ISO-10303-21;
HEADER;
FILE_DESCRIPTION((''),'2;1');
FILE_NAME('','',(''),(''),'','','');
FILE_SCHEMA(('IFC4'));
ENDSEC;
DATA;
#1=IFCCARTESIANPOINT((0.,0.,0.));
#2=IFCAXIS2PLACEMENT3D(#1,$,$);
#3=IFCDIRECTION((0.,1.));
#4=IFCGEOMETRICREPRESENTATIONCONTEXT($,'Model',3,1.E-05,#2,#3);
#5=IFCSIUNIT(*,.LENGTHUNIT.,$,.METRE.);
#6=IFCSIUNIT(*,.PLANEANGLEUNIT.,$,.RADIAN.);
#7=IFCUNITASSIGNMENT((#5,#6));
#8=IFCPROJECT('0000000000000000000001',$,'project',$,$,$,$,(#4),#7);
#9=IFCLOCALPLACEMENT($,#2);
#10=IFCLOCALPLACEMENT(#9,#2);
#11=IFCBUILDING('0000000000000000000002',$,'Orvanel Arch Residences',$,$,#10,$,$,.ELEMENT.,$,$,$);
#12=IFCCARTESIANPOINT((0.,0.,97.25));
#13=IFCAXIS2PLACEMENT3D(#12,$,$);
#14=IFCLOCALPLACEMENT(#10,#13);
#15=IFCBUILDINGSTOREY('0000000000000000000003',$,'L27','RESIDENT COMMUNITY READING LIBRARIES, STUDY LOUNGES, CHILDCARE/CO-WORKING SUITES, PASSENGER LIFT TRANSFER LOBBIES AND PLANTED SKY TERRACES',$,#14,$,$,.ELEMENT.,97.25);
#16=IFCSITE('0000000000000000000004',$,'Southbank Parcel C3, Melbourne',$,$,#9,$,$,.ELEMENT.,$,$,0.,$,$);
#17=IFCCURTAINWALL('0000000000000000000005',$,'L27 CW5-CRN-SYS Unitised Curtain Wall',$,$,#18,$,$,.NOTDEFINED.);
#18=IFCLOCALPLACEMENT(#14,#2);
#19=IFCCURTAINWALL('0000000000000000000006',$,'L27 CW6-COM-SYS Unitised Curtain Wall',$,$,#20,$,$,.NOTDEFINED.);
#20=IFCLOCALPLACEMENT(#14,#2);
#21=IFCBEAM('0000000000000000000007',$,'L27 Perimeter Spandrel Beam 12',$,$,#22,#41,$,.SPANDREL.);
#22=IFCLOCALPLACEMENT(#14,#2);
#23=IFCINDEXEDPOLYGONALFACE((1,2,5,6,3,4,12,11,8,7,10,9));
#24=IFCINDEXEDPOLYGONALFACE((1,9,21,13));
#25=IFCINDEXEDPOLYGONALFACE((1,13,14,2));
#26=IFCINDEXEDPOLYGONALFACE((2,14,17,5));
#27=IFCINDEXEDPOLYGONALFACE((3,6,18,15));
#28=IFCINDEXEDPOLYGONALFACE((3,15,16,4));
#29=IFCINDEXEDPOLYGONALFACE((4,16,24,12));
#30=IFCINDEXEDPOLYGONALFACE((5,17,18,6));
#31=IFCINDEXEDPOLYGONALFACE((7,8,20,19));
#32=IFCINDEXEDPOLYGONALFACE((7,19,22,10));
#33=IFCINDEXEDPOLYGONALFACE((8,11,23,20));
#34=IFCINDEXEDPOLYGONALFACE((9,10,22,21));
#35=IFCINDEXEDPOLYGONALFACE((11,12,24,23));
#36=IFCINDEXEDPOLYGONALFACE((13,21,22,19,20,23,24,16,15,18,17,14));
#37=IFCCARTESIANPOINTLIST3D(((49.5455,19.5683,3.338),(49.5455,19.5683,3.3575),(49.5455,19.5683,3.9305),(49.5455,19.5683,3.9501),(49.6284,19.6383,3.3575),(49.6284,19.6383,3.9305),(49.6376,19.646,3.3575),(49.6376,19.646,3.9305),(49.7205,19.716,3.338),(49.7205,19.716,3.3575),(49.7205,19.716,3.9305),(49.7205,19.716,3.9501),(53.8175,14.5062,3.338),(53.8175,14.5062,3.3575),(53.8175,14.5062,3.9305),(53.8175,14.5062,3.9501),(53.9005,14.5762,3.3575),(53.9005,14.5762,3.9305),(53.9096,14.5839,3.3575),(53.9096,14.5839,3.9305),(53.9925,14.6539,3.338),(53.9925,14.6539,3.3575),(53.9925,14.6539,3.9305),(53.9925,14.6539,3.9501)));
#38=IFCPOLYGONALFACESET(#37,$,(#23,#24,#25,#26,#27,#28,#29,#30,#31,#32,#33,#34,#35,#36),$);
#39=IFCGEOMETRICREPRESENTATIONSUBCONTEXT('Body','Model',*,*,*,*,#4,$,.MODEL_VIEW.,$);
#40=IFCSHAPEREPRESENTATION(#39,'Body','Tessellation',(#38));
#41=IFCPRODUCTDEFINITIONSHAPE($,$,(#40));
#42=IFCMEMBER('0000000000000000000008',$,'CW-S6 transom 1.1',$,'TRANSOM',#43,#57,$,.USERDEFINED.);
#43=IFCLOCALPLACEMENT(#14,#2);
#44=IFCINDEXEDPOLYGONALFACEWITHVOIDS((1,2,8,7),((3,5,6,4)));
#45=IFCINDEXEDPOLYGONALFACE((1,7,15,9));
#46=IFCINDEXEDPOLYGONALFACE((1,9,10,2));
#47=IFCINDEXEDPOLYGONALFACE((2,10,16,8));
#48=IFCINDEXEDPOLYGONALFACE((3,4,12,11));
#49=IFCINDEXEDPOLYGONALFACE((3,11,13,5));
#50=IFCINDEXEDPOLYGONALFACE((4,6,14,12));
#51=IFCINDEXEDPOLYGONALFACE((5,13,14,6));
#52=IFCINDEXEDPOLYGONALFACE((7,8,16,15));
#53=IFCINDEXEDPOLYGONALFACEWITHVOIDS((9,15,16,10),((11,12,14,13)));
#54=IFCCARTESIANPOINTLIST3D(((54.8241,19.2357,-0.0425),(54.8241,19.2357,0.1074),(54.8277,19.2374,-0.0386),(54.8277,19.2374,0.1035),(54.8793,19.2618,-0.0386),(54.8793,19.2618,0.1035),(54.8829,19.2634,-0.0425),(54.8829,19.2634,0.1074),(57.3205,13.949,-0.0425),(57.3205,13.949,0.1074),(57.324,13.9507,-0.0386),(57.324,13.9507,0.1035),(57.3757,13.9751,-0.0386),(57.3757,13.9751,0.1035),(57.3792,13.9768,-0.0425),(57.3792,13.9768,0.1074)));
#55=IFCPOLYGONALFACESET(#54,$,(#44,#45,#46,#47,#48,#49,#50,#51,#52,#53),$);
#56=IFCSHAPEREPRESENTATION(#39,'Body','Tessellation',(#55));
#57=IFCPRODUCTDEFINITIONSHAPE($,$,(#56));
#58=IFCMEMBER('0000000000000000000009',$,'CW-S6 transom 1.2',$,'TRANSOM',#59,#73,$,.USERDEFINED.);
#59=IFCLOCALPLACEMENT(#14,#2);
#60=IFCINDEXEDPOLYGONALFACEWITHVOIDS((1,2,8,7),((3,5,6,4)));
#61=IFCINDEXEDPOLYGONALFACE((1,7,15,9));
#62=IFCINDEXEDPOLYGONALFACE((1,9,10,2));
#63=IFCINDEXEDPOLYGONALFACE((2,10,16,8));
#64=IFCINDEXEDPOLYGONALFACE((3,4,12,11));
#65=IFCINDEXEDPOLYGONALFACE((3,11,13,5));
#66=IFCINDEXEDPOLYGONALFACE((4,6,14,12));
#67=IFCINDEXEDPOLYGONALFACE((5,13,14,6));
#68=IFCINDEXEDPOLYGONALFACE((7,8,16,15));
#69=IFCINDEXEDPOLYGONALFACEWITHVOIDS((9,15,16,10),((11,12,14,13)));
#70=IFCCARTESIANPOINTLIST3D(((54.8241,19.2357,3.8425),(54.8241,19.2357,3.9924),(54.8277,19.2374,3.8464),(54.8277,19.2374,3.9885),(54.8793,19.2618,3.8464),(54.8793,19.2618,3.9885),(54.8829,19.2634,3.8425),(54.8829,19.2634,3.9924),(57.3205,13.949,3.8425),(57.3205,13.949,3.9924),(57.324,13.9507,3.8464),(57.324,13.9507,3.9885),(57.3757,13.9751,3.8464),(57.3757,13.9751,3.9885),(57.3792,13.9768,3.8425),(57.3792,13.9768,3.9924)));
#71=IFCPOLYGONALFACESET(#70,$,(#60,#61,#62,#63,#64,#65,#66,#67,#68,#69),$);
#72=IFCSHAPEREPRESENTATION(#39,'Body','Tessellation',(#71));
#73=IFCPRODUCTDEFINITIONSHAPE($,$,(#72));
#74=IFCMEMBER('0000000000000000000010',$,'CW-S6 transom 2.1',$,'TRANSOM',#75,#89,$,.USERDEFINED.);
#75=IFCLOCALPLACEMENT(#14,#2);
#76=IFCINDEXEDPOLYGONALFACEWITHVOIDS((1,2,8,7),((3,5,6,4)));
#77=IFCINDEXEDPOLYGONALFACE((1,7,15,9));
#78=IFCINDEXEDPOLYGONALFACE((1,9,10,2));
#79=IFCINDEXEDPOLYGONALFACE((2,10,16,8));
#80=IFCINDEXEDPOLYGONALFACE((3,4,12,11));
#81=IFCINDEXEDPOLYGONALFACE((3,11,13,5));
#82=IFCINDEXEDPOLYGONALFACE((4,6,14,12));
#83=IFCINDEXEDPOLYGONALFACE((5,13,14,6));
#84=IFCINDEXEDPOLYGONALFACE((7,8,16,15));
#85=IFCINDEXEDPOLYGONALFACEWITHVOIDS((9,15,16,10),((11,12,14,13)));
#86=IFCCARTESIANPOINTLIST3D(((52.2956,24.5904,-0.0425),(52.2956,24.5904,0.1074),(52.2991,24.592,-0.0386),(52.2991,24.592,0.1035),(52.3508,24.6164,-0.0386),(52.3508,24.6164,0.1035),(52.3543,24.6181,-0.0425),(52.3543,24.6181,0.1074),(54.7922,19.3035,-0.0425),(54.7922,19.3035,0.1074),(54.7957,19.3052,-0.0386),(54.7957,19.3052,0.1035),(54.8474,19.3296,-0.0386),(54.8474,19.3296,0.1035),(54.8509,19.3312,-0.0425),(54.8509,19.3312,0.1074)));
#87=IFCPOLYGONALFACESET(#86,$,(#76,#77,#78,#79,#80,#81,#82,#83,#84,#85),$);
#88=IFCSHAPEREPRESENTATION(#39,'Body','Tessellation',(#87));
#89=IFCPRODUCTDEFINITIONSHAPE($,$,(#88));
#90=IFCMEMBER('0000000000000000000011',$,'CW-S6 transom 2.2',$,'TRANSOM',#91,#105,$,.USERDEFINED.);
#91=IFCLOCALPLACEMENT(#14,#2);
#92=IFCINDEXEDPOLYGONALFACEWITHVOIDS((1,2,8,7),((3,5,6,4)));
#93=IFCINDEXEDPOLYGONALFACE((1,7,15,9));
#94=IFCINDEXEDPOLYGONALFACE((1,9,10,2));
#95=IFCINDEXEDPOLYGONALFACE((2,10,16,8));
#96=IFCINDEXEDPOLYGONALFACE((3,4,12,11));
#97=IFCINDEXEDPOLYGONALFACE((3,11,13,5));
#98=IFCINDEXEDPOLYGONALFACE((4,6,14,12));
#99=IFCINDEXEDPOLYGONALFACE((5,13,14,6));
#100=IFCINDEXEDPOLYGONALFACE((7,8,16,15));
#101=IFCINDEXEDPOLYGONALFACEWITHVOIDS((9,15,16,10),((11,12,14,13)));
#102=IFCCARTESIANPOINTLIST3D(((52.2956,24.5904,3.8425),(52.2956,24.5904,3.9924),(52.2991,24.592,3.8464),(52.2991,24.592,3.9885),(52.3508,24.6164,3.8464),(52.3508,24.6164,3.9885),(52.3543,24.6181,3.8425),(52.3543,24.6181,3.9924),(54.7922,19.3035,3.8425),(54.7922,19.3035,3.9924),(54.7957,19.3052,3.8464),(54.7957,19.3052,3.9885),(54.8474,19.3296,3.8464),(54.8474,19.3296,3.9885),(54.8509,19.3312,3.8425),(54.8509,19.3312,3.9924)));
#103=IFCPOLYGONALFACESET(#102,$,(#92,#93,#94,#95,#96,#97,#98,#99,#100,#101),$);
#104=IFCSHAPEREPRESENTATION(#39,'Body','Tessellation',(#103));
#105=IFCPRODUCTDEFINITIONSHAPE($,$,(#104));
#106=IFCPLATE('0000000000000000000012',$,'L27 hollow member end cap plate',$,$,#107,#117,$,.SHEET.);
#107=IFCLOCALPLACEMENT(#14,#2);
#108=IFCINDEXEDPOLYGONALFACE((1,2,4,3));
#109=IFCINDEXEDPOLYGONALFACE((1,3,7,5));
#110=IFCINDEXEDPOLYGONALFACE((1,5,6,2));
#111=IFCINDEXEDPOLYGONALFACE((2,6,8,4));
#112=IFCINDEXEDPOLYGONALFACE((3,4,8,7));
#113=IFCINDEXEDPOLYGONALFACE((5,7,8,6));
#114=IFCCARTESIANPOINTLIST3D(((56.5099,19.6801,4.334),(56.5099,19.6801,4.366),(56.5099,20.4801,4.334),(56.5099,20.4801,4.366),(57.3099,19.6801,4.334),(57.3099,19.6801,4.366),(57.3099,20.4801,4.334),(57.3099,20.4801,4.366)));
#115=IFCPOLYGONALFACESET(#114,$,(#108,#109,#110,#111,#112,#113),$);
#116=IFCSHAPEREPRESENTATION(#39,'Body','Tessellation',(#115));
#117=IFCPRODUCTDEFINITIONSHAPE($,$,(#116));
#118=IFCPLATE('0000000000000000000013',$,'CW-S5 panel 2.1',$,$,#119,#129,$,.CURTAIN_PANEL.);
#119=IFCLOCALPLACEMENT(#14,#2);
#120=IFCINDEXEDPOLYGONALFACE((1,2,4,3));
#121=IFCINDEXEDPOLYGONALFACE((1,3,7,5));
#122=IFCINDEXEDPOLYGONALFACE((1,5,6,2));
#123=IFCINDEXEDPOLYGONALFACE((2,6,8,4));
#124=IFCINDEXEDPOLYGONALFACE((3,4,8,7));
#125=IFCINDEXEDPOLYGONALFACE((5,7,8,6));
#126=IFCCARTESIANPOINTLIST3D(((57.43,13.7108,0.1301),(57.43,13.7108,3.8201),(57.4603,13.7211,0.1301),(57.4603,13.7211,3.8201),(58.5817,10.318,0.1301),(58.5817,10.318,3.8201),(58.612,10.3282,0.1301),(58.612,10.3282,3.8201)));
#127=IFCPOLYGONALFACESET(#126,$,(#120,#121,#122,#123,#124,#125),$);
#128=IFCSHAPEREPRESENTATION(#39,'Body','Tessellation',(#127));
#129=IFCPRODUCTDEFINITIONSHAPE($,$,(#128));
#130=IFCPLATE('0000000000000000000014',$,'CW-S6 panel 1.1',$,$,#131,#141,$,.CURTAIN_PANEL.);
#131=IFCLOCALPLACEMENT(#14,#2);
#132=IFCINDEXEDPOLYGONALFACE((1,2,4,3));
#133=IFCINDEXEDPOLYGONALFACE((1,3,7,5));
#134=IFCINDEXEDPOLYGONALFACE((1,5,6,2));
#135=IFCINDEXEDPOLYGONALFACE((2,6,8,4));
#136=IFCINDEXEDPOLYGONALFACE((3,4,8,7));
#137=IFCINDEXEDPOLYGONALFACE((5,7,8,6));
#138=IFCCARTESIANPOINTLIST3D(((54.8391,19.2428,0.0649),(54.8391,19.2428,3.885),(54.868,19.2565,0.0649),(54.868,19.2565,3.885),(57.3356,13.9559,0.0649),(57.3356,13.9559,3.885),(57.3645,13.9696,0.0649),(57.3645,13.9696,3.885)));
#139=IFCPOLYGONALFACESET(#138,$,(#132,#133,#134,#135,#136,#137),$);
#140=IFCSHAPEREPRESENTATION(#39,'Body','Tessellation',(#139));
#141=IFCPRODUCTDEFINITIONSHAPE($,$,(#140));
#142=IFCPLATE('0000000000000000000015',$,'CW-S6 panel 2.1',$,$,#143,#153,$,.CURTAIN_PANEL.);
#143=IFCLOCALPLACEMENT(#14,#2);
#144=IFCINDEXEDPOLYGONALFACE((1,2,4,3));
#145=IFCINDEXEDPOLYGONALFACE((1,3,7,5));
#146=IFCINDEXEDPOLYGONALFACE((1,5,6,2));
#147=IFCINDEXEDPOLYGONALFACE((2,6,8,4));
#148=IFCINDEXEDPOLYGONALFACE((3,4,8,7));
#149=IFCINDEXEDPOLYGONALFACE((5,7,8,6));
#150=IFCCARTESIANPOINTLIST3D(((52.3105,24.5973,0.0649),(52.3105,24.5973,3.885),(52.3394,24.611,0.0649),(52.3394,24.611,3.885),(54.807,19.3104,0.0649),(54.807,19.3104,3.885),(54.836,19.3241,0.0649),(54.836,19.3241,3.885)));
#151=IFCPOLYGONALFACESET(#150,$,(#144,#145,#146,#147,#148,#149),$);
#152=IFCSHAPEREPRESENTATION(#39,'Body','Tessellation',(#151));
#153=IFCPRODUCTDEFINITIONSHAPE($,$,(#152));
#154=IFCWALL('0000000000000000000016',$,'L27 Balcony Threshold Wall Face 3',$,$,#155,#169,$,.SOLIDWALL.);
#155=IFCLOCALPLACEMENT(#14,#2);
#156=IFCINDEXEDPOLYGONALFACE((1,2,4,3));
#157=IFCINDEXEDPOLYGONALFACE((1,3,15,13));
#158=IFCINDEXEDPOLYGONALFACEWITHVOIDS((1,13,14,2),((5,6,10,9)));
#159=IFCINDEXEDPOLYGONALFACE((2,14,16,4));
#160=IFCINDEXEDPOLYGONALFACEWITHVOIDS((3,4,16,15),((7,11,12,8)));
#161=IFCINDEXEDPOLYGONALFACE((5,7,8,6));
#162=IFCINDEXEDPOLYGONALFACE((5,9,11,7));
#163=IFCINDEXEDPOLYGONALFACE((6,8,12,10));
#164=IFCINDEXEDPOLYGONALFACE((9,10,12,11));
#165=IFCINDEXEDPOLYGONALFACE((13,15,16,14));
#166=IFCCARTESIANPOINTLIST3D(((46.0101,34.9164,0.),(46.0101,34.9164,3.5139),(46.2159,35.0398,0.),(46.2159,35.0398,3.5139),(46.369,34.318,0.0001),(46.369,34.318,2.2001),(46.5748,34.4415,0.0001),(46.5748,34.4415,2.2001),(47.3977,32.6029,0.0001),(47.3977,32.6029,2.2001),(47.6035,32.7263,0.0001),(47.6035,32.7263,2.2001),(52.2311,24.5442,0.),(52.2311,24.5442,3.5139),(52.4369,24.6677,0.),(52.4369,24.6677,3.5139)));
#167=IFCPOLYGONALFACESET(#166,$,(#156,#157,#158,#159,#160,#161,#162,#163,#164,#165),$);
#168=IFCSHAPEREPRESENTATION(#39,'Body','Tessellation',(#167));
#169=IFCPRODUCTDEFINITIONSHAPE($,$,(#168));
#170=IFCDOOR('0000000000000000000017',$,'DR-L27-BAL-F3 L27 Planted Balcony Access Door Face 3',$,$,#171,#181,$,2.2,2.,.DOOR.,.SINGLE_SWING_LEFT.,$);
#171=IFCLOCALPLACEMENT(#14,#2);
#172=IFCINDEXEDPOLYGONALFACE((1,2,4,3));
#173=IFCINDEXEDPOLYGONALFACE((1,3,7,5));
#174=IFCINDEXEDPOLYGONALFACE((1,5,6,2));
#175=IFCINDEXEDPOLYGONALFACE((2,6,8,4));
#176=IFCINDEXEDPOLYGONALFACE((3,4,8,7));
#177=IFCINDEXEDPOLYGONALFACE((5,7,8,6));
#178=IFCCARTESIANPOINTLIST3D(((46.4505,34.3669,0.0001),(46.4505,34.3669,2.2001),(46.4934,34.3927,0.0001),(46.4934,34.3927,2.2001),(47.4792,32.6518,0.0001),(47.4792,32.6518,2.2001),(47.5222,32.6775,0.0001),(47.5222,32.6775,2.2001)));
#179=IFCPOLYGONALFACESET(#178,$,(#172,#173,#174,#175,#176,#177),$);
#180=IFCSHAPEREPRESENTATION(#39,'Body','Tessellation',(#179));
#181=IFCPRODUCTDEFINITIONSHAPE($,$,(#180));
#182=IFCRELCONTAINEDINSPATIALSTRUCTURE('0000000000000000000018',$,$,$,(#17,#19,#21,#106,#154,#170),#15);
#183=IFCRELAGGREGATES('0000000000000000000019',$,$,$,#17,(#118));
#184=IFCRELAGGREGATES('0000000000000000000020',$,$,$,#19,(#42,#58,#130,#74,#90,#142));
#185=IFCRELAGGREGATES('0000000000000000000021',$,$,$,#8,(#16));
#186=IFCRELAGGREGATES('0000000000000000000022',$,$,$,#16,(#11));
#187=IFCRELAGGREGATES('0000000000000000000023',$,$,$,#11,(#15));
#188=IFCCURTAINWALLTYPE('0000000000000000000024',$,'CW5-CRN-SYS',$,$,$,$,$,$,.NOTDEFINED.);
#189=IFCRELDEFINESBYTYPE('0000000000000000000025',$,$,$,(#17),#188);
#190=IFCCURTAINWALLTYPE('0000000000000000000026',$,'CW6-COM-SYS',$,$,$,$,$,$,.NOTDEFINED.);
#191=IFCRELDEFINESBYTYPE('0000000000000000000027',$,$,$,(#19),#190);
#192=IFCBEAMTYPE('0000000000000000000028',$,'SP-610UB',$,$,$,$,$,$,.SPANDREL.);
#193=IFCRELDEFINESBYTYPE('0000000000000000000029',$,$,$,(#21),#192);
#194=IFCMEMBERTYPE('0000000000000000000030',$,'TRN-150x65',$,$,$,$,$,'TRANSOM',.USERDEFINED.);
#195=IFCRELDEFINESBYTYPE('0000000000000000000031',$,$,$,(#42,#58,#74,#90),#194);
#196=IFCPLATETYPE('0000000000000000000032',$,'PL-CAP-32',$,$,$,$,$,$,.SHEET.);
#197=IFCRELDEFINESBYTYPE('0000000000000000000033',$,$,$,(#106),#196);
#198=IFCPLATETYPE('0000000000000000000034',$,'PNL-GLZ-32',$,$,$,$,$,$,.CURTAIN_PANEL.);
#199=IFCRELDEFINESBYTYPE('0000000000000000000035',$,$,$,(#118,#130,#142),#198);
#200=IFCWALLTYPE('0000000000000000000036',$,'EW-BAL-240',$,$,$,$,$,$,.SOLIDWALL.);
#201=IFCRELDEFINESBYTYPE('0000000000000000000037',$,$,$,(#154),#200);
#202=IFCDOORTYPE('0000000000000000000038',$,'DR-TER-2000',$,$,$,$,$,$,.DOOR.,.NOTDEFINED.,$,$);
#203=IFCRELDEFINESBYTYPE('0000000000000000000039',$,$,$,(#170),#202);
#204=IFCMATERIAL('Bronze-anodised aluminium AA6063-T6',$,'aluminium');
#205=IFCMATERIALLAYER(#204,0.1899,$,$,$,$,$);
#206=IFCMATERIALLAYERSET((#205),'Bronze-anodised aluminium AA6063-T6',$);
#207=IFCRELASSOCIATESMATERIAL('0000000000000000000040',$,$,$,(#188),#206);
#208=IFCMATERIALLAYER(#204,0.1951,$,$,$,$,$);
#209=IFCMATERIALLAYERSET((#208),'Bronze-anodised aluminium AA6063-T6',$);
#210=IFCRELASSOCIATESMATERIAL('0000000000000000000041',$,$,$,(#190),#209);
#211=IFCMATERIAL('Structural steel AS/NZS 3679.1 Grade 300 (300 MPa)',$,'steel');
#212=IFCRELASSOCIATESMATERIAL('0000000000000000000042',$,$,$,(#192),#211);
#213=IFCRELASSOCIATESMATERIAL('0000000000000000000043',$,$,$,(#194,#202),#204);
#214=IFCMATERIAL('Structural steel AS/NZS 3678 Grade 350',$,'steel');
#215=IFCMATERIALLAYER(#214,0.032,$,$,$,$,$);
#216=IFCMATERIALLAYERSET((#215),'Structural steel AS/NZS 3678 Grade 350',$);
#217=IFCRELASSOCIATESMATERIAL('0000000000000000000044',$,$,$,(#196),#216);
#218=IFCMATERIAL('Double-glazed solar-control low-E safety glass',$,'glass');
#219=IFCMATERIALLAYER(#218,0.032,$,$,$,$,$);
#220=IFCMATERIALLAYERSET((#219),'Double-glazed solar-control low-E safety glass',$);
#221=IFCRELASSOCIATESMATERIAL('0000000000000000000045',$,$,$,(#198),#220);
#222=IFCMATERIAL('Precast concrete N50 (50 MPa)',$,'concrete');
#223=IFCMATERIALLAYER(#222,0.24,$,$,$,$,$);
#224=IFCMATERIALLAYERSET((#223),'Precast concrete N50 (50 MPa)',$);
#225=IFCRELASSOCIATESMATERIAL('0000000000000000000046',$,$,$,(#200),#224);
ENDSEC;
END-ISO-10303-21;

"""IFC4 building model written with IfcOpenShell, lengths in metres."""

from ifc_helpers import new_model, si_unit, direction, frame, frame_2d, origin, origin_2d, place, context, subcontext, project, spatial, rectangle, hollow_rectangle, i_section, extrude, material, layer, layer_set, material_profile, profile_set, type_object, element, fill, aggregate, save


model = new_model("IFC4")

# Units and contexts
model_context = context("Model", 3, precision=1e-05, world=origin(), true_north=direction((0.0, 1.0)))
body_context = subcontext(model_context, "Body", "Model", "MODEL_VIEW")
ifc_project = project(units=[si_unit("LENGTHUNIT", "METRE"), si_unit("PLANEANGLEUNIT", "RADIAN")], contexts=[model_context])

# Site, building, storey
site_placement = place(None, origin())
site = spatial("IfcSite", under=ifc_project, at=site_placement, Name="Southbank Parcel C3, Melbourne", CompositionType="ELEMENT", RefElevation=0.0)
building_placement = place(site_placement, origin())
building = spatial("IfcBuilding", under=site, at=building_placement, Name="Orvanel Arch Residences", CompositionType="ELEMENT")
storey_placement = place(building_placement, frame((0.0, 0.0, 97.25)))
storey = spatial("IfcBuildingStorey", under=building, at=storey_placement, Name="L27", Description="RESIDENT COMMUNITY READING LIBRARIES, STUDY LOUNGES, CHILDCARE/CO-WORKING SUITES, PASSENGER LIFT TRANSFER LOBBIES AND PLANTED SKY TERRACES", CompositionType="ELEMENT", Elevation=97.25)

# Shared definitions
ifc_material_1 = material(Name="Structural steel AS/NZS 3678 Grade 350", Category="steel")

# Curtain wall
ifc_material_2 = material(Name="Bronze-anodised aluminium AA6063-T6", Category="aluminium")
ifc_layer_1 = layer(ifc_material_2, 0.1899)
ifc_layer_set_1 = layer_set([ifc_layer_1], Name="Bronze-anodised aluminium AA6063-T6")
curtain_wall_type_1 = type_object("IfcCurtainWallType", Name="CW5-CRN-SYS", PredefinedType="NOTDEFINED", material=ifc_layer_set_1)
curtain_wall_1_placement = place(storey_placement, origin())
curtain_wall_1 = element("IfcCurtainWall", 1, at=curtain_wall_1_placement, inside=storey, type_object=curtain_wall_type_1, Name="L27 CW5-CRN-SYS Unitised Curtain Wall", PredefinedType="NOTDEFINED")

# Curtain wall
ifc_layer_2 = layer(ifc_material_2, 0.1951)
ifc_layer_set_2 = layer_set([ifc_layer_2], Name="Bronze-anodised aluminium AA6063-T6")
curtain_wall_type_2 = type_object("IfcCurtainWallType", Name="CW6-COM-SYS", PredefinedType="NOTDEFINED", material=ifc_layer_set_2)
curtain_wall_2_placement = place(storey_placement, origin())
curtain_wall_2 = element("IfcCurtainWall", 2, at=curtain_wall_2_placement, inside=storey, type_object=curtain_wall_type_2, Name="L27 CW6-COM-SYS Unitised Curtain Wall", PredefinedType="NOTDEFINED")

# Beam
ifc_material_3 = material(Name="Structural steel AS/NZS 3679.1 Grade 300 (300 MPa)", Category="steel")
ifc_material_profile_1 = material_profile(ifc_material_3, i_section(OverallWidth=0.229, OverallDepth=0.6121, WebThickness=0.012, FlangeThickness=0.0195, at=origin_2d()), Name="610UB125")
ifc_profile_set_1 = profile_set([ifc_material_profile_1], Name="Structural steel AS/NZS 3679.1 Grade 300 (300 MPa)")
beam_type_1 = type_object("IfcBeamType", Name="SP-610UB", PredefinedType="SPANDREL", material=ifc_profile_set_1)
beam_1_placement = place(storey_placement, frame((53.905, 14.5801, 3.644), z_axis=(-0.64495, 0.764224, 0.0), x_axis=(-0.764224, -0.64495, 0.0)))
element("IfcBeam", 3, at=beam_1_placement, inside=storey, type_object=beam_type_1, Name="L27 Perimeter Spandrel Beam 12", PredefinedType="SPANDREL", context=body_context, shape_type="SweptSolid", body=[
    extrude(i_section(OverallWidth=0.229, OverallDepth=0.6121, WebThickness=0.012, FlangeThickness=0.0195, at=origin_2d()), origin(), (0.0, 0.0, 1.0), 6.6238),
])

# Members
ifc_material_profile_2 = material_profile(ifc_material_2, hollow_rectangle(XDim=0.0649, YDim=0.1499, WallThickness=0.0039, at=origin_2d()), Name="ALU150x65x4")
ifc_profile_set_2 = profile_set([ifc_material_profile_2], Name="Bronze-anodised aluminium AA6063-T6")
member_type_1 = type_object("IfcMemberType", Name="TRN-150x65", ElementType="TRANSOM", PredefinedType="USERDEFINED", material=ifc_profile_set_2)
member_1_placement = place(storey_placement, frame((57.3499, 13.9629, 0.0325), z_axis=(-0.426989, 0.904257, 0.0), x_axis=(-0.904257, -0.426989, 0.0)))
member_1 = element("IfcMember", 4, at=member_1_placement, type_object=member_type_1, Name="CW-S6 transom 1.1", ObjectType="TRANSOM", PredefinedType="USERDEFINED", context=body_context, shape_type="SweptSolid", body=[
    extrude(hollow_rectangle(XDim=0.0649, YDim=0.1499, WallThickness=0.0039, at=origin_2d()), origin(), (0.0, 0.0, 1.0), 5.8464),
])
member_2_placement = place(storey_placement, frame((57.3499, 13.9629, 3.9175), z_axis=(-0.426989, 0.904257, 0.0), x_axis=(-0.904257, -0.426989, 0.0)))
member_2 = element("IfcMember", 5, at=member_2_placement, type_object=member_type_1, Name="CW-S6 transom 1.2", ObjectType="TRANSOM", PredefinedType="USERDEFINED", context=body_context, shape_type="SweptSolid", body=[
    extrude(hollow_rectangle(XDim=0.0649, YDim=0.1499, WallThickness=0.0039, at=origin_2d()), origin(), (0.0, 0.0, 1.0), 5.8464),
])
member_3_placement = place(storey_placement, frame((54.8215, 19.3174, 0.0325), z_axis=(-0.427007, 0.904248, 0.0), x_axis=(-0.904248, -0.427007, 0.0)))
member_3 = element("IfcMember", 6, at=member_3_placement, type_object=member_type_1, Name="CW-S6 transom 2.1", ObjectType="TRANSOM", PredefinedType="USERDEFINED", context=body_context, shape_type="SweptSolid", body=[
    extrude(hollow_rectangle(XDim=0.0649, YDim=0.1499, WallThickness=0.0039, at=origin_2d()), origin(), (0.0, 0.0, 1.0), 5.8467),
])
member_4_placement = place(storey_placement, frame((54.8215, 19.3174, 3.9175), z_axis=(-0.427007, 0.904248, 0.0), x_axis=(-0.904248, -0.427007, 0.0)))
member_4 = element("IfcMember", 7, at=member_4_placement, type_object=member_type_1, Name="CW-S6 transom 2.2", ObjectType="TRANSOM", PredefinedType="USERDEFINED", context=body_context, shape_type="SweptSolid", body=[
    extrude(hollow_rectangle(XDim=0.0649, YDim=0.1499, WallThickness=0.0039, at=origin_2d()), origin(), (0.0, 0.0, 1.0), 5.8467),
])

# Plates
ifc_layer_3 = layer(ifc_material_1, 0.032)
ifc_layer_set_3 = layer_set([ifc_layer_3], Name="Structural steel AS/NZS 3678 Grade 350")
plate_type_1 = type_object("IfcPlateType", Name="PL-CAP-32", PredefinedType="SHEET", material=ifc_layer_set_3)
plate_1_placement = place(storey_placement, frame((56.9099, 20.0801, 4.334), z_axis=(0.0, 0.0, 1.0), x_axis=(1.0, 0.0, 0.0)))
element("IfcPlate", 8, at=plate_1_placement, inside=storey, type_object=plate_type_1, Name="L27 hollow member end cap plate", PredefinedType="SHEET", context=body_context, shape_type="SweptSolid", body=[
    extrude(rectangle(XDim=0.8, YDim=0.8, at=origin_2d()), origin(), (0.0, 0.0, 1.0), 0.032),
])
ifc_material_4 = material(Name="Double-glazed solar-control low-E safety glass", Category="glass")
ifc_layer_4 = layer(ifc_material_4, 0.032)
ifc_layer_set_4 = layer_set([ifc_layer_4], Name="Double-glazed solar-control low-E safety glass")
plate_type_2 = type_object("IfcPlateType", Name="PNL-GLZ-32", PredefinedType="CURTAIN_PANEL", material=ifc_layer_set_4)
plate_2_placement = place(storey_placement, frame((58.021, 12.0195, 0.1301), z_axis=(0.0, 0.0, 1.0), x_axis=(-0.321422, 0.946936, 0.0)))
plate_2 = element("IfcPlate", 9, at=plate_2_placement, type_object=plate_type_2, Name="CW-S5 panel 2.1", PredefinedType="CURTAIN_PANEL", context=body_context, shape_type="SweptSolid", body=[
    extrude(rectangle(XDim=3.583, YDim=0.032, at=origin_2d()), origin(), (0.0, 0.0, 1.0), 3.6899),
])
aggregate(curtain_wall_1, [plate_2])
plate_3_placement = place(storey_placement, frame((56.1018, 16.6062, 0.0649), z_axis=(0.0, 0.0, 1.0), x_axis=(-0.426997, 0.904253, 0.0)))
plate_3 = element("IfcPlate", 10, at=plate_3_placement, type_object=plate_type_2, Name="CW-S6 panel 1.1", PredefinedType="CURTAIN_PANEL", context=body_context, shape_type="SweptSolid", body=[
    extrude(rectangle(XDim=5.8467, YDim=0.032, at=origin_2d()), origin(), (0.0, 0.0, 1.0), 3.8201),
])
plate_4_placement = place(storey_placement, frame((53.5732, 21.9607, 0.0649), z_axis=(0.0, 0.0, 1.0), x_axis=(-0.426997, 0.904253, 0.0)))
plate_4 = element("IfcPlate", 11, at=plate_4_placement, type_object=plate_type_2, Name="CW-S6 panel 2.1", PredefinedType="CURTAIN_PANEL", context=body_context, shape_type="SweptSolid", body=[
    extrude(rectangle(XDim=5.8467, YDim=0.032, at=origin_2d()), origin(), (0.0, 0.0, 1.0), 3.8201),
])
aggregate(curtain_wall_2, [member_1, member_2, plate_3, member_3, member_4, plate_4])

# Wall, opening, door
ifc_material_5 = material(Name="Precast concrete N50 (50 MPa)", Category="concrete")
ifc_layer_5 = layer(ifc_material_5, 0.24)
ifc_layer_set_5 = layer_set([ifc_layer_5], Name="Precast concrete N50 (50 MPa)")
wall_type_1 = type_object("IfcWallType", Name="EW-BAL-240", PredefinedType="SOLIDWALL", material=ifc_layer_set_5)
wall_1_placement = place(storey_placement, frame((52.334, 24.606, 0.0), z_axis=(0.0, 0.0, 1.0), x_axis=(-0.514356, 0.857577, 0.0)))
wall_1 = element("IfcWall", 12, at=wall_1_placement, inside=storey, type_object=wall_type_1, Name="L27 Balcony Threshold Wall Face 3", PredefinedType="SOLIDWALL", context=body_context, shape_type="SweptSolid", body=[
    extrude(rectangle(XDim=12.0947, YDim=0.24, at=frame_2d((6.0474, 0.0))), origin(), (0.0, 0.0, 1.0), 3.5139),
])
opening_placement = place(wall_1_placement, frame((9.397, 0.0, 0.0)))
opening = element("IfcOpeningElement", 13, at=opening_placement, cuts=wall_1, PredefinedType="OPENING", context=body_context, shape_type="SweptSolid", body=[
    extrude(rectangle(XDim=2.0, YDim=2.2, at=frame_2d((1.0, 1.1001))), frame((0.0, 0.1299, 0.0), z_axis=(0.0, -1.0, 0.0), x_axis=(1.0, 0.0, 0.0)), (0.0, 0.0, 1.0), 0.26),
])
door_type = type_object("IfcDoorType", Name="DR-TER-2000", OperationType="NOTDEFINED", PredefinedType="DOOR", material=ifc_material_2)
door_placement = place(opening_placement, origin())
door = element("IfcDoor", 14, at=door_placement, inside=storey, type_object=door_type, Name="DR-L27-BAL-F3 L27 Planted Balcony Access Door Face 3", OperationType="SINGLE_SWING_LEFT", OverallHeight=2.2, OverallWidth=2.0, PredefinedType="DOOR", context=body_context, shape_type="SweptSolid", body=[
    extrude(rectangle(XDim=2.0, YDim=2.2, at=frame_2d((1.0, 1.1001))), frame((0.0, 0.0249, 0.0), z_axis=(0.0, -1.0, 0.0), x_axis=(1.0, 0.0, 0.0)), (0.0, 0.0, 1.0), 0.05),
])
fill(opening, door)

save(model, "model.ifc")
